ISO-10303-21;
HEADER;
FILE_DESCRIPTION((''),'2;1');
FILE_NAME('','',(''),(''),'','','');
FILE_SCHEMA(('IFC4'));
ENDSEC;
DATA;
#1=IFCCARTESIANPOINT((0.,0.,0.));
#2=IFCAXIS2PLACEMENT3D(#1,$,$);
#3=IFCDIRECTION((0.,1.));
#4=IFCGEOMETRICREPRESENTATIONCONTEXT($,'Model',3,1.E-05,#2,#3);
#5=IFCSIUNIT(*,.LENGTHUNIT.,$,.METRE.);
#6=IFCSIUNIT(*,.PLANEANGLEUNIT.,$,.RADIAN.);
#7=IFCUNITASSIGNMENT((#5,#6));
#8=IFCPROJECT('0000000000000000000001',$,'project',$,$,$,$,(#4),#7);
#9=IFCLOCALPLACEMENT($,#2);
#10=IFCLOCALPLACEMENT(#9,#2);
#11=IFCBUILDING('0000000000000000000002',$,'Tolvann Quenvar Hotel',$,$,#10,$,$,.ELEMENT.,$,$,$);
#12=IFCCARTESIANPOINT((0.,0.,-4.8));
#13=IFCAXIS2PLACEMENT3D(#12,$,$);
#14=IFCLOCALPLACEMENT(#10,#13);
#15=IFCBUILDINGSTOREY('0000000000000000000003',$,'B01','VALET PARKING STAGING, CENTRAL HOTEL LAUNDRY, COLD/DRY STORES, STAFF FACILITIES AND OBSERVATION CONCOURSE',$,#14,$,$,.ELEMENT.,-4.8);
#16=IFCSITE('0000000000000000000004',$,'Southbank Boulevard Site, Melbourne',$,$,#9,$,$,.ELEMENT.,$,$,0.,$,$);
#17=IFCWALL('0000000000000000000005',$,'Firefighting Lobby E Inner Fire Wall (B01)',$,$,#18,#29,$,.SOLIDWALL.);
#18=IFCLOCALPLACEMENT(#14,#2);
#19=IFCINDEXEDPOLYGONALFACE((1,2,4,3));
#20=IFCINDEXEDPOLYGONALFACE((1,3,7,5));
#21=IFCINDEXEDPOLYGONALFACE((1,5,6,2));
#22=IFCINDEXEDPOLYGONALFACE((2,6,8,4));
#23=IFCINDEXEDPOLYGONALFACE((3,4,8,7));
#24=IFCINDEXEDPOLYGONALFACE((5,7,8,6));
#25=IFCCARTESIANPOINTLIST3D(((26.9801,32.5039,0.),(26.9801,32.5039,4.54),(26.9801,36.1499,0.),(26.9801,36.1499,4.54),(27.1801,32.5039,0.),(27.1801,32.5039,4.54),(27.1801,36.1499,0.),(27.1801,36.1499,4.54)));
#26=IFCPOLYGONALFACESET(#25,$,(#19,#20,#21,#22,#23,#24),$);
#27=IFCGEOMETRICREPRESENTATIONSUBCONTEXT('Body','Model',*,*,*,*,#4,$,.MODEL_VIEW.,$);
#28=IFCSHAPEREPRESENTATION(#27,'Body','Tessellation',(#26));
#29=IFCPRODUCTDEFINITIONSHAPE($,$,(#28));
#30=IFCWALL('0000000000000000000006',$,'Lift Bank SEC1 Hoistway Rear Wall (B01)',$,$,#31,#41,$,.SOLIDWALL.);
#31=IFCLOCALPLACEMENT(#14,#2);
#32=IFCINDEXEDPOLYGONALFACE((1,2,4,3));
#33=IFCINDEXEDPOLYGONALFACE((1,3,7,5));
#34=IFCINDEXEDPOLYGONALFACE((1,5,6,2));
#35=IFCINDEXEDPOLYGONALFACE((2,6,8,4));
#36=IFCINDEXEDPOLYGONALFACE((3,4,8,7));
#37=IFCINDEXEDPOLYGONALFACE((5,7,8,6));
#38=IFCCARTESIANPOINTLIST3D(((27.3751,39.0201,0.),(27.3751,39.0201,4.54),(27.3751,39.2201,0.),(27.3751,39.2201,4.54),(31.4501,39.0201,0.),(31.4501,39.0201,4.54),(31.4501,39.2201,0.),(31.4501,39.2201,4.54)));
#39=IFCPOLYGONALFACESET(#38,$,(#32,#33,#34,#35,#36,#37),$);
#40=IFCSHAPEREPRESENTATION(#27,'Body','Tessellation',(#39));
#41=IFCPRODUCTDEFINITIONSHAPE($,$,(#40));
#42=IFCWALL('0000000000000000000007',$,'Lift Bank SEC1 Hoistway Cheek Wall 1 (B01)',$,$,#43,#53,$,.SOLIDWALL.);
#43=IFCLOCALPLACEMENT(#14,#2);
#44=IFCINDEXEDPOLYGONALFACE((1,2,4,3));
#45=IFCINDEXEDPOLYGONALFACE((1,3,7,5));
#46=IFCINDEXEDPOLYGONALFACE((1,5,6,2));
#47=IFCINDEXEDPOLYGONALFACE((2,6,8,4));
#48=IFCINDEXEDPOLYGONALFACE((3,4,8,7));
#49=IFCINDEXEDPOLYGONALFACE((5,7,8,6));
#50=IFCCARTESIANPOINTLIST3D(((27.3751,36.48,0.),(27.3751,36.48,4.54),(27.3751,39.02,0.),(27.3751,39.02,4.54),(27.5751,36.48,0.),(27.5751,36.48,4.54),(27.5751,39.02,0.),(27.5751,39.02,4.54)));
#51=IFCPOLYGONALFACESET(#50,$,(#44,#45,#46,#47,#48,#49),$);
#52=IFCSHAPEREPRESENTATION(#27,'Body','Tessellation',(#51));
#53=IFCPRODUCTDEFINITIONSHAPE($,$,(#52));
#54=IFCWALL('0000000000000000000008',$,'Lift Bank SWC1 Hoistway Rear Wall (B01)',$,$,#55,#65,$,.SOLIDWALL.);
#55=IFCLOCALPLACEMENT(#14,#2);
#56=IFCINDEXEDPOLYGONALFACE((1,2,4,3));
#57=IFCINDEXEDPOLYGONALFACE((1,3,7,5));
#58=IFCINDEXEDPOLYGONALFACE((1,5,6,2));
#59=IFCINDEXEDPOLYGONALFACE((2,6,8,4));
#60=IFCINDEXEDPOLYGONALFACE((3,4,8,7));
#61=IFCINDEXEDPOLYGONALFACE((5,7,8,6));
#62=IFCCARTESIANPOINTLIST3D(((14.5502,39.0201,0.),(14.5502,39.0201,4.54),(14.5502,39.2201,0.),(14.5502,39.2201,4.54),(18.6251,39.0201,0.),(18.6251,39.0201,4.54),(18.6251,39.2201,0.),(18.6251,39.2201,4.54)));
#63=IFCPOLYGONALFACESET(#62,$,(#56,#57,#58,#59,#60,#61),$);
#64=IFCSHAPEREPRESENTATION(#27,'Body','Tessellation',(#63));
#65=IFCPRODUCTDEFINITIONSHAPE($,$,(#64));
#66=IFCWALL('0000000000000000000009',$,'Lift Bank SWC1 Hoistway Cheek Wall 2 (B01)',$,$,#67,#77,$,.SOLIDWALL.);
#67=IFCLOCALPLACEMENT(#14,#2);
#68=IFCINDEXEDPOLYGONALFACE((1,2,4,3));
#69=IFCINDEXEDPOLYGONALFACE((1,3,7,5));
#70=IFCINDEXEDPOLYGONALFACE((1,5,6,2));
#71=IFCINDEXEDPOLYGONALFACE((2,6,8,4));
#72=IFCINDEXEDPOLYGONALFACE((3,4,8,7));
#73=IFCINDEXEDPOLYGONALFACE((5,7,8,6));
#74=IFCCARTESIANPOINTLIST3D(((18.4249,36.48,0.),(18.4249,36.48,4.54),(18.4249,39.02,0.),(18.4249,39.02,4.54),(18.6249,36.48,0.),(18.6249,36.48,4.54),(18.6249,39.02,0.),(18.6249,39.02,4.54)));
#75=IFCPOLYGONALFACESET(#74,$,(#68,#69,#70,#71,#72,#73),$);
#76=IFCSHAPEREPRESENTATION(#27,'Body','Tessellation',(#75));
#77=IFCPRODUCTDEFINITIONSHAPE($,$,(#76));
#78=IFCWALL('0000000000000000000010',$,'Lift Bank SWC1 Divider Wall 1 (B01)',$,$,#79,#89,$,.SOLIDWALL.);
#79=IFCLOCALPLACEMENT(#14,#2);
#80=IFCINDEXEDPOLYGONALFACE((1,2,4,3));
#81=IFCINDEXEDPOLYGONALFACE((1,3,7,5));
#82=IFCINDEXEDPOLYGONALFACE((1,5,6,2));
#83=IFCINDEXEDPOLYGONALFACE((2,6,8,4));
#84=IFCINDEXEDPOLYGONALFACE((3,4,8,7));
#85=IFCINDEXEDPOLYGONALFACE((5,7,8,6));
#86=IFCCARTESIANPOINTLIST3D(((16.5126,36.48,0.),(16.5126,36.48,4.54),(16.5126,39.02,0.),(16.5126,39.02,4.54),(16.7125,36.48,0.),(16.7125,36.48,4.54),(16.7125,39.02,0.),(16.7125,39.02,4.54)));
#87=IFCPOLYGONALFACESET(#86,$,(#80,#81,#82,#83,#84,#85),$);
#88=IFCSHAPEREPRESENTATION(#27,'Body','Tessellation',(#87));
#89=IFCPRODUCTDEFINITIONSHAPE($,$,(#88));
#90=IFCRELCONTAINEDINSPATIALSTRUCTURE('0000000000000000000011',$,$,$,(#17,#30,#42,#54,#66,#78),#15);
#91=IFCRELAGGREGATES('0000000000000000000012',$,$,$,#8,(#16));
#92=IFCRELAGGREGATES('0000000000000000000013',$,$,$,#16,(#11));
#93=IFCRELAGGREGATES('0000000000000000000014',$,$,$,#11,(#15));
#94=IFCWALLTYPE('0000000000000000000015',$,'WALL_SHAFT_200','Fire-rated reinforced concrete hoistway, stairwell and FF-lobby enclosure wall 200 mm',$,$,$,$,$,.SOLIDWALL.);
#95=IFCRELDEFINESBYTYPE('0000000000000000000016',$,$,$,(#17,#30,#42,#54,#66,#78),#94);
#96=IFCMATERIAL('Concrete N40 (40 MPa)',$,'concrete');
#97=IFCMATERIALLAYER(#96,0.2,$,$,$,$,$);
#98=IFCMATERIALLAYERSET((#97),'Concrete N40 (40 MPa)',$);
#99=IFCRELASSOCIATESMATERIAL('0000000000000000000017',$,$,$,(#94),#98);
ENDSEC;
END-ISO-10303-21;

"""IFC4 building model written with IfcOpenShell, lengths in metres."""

from ifc_helpers import new_model, si_unit, direction, frame, frame_2d, origin, place, context, subcontext, project, spatial, rectangle, extrude, material, layer, layer_set, type_object, element, save


model = new_model("IFC4")

# Units and contexts
model_context = context("Model", 3, precision=1e-05, world=origin(), true_north=direction((0.0, 1.0)))
body_context = subcontext(model_context, "Body", "Model", "MODEL_VIEW")
ifc_project = project(units=[si_unit("LENGTHUNIT", "METRE"), si_unit("PLANEANGLEUNIT", "RADIAN")], contexts=[model_context])

# Site, building, storey
site_placement = place(None, origin())
site = spatial("IfcSite", under=ifc_project, at=site_placement, Name="Southbank Boulevard Site, Melbourne", CompositionType="ELEMENT", RefElevation=0.0)
building_placement = place(site_placement, origin())
building = spatial("IfcBuilding", under=site, at=building_placement, Name="Tolvann Quenvar Hotel", CompositionType="ELEMENT")
storey_placement = place(building_placement, frame((0.0, 0.0, -4.8)))
storey = spatial("IfcBuildingStorey", under=building, at=storey_placement, Name="B01", Description="VALET PARKING STAGING, CENTRAL HOTEL LAUNDRY, COLD/DRY STORES, STAFF FACILITIES AND OBSERVATION CONCOURSE", CompositionType="ELEMENT", Elevation=-4.8)

# Wall
ifc_material_1 = material(Name="Concrete N40 (40 MPa)", Category="concrete")
ifc_layer_1 = layer(ifc_material_1, 0.2)
ifc_layer_set_1 = layer_set([ifc_layer_1], Name="Concrete N40 (40 MPa)")
wall_type_1 = type_object("IfcWallType", Name="WALL_SHAFT_200", Description="Fire-rated reinforced concrete hoistway, stairwell and FF-lobby enclosure wall 200 mm", PredefinedType="SOLIDWALL", material=ifc_layer_set_1)
for number, where, z_axis, x_axis, name in (
    (1, (27.0801, 32.5039, 0.0), (0.0, 0.0, 1.0), (0.0, 1.0, 0.0), "Firefighting Lobby E Inner Fire Wall (B01)"),
):
    element("IfcWall", number, at=place(storey_placement, frame(where, z_axis=z_axis, x_axis=x_axis)), inside=storey, type_object=wall_type_1, Name=name, PredefinedType="SOLIDWALL", context=body_context, shape_type="SweptSolid", body=[
        extrude(rectangle(XDim=3.646, YDim=0.2, at=frame_2d((1.823, 0.0))), origin(), (0.0, 0.0, 1.0), 4.54),
    ])

# Walls
wall_1_placement = place(storey_placement, frame((27.375, 39.1201, 0.0), z_axis=(0.0, 0.0, 1.0), x_axis=(1.0, 0.0, 0.0)))
element("IfcWall", 2, at=wall_1_placement, inside=storey, type_object=wall_type_1, Name="Lift Bank SEC1 Hoistway Rear Wall (B01)", PredefinedType="SOLIDWALL", context=body_context, shape_type="SweptSolid", body=[
    extrude(rectangle(XDim=4.075, YDim=0.2, at=frame_2d((2.0376, 0.0))), origin(), (0.0, 0.0, 1.0), 4.54),
])
wall_2_placement = place(storey_placement, frame((27.4751, 36.48, 0.0), z_axis=(0.0, 0.0, 1.0), x_axis=(0.0, 1.0, 0.0)))
element("IfcWall", 3, at=wall_2_placement, inside=storey, type_object=wall_type_1, Name="Lift Bank SEC1 Hoistway Cheek Wall 1 (B01)", PredefinedType="SOLIDWALL", context=body_context, shape_type="SweptSolid", body=[
    extrude(rectangle(XDim=2.54, YDim=0.2, at=frame_2d((1.27, 0.0))), origin(), (0.0, 0.0, 1.0), 4.54),
])

# Walls
wall_3_placement = place(storey_placement, frame((14.55, 39.1201, 0.0), z_axis=(0.0, 0.0, 1.0), x_axis=(1.0, 0.0, 0.0)))
element("IfcWall", 4, at=wall_3_placement, inside=storey, type_object=wall_type_1, Name="Lift Bank SWC1 Hoistway Rear Wall (B01)", PredefinedType="SOLIDWALL", context=body_context, shape_type="SweptSolid", body=[
    extrude(rectangle(XDim=4.075, YDim=0.2, at=frame_2d((2.0376, 0.0))), origin(), (0.0, 0.0, 1.0), 4.54),
])
for number, where, z_axis, x_axis, name in (
    (5, (18.5249, 36.48, 0.0), (0.0, 0.0, 1.0), (0.0, 1.0, 0.0), "Lift Bank SWC1 Hoistway Cheek Wall 2 (B01)"),
    (6, (16.6125, 36.48, 0.0), (0.0, 0.0, 1.0), (0.0, 1.0, 0.0), "Lift Bank SWC1 Divider Wall 1 (B01)"),
):
    element("IfcWall", number, at=place(storey_placement, frame(where, z_axis=z_axis, x_axis=x_axis)), inside=storey, type_object=wall_type_1, Name=name, PredefinedType="SOLIDWALL", context=body_context, shape_type="SweptSolid", body=[
        extrude(rectangle(XDim=2.54, YDim=0.2, at=frame_2d((1.27, 0.0))), origin(), (0.0, 0.0, 1.0), 4.54),
    ])

save(model, "model.ifc")
